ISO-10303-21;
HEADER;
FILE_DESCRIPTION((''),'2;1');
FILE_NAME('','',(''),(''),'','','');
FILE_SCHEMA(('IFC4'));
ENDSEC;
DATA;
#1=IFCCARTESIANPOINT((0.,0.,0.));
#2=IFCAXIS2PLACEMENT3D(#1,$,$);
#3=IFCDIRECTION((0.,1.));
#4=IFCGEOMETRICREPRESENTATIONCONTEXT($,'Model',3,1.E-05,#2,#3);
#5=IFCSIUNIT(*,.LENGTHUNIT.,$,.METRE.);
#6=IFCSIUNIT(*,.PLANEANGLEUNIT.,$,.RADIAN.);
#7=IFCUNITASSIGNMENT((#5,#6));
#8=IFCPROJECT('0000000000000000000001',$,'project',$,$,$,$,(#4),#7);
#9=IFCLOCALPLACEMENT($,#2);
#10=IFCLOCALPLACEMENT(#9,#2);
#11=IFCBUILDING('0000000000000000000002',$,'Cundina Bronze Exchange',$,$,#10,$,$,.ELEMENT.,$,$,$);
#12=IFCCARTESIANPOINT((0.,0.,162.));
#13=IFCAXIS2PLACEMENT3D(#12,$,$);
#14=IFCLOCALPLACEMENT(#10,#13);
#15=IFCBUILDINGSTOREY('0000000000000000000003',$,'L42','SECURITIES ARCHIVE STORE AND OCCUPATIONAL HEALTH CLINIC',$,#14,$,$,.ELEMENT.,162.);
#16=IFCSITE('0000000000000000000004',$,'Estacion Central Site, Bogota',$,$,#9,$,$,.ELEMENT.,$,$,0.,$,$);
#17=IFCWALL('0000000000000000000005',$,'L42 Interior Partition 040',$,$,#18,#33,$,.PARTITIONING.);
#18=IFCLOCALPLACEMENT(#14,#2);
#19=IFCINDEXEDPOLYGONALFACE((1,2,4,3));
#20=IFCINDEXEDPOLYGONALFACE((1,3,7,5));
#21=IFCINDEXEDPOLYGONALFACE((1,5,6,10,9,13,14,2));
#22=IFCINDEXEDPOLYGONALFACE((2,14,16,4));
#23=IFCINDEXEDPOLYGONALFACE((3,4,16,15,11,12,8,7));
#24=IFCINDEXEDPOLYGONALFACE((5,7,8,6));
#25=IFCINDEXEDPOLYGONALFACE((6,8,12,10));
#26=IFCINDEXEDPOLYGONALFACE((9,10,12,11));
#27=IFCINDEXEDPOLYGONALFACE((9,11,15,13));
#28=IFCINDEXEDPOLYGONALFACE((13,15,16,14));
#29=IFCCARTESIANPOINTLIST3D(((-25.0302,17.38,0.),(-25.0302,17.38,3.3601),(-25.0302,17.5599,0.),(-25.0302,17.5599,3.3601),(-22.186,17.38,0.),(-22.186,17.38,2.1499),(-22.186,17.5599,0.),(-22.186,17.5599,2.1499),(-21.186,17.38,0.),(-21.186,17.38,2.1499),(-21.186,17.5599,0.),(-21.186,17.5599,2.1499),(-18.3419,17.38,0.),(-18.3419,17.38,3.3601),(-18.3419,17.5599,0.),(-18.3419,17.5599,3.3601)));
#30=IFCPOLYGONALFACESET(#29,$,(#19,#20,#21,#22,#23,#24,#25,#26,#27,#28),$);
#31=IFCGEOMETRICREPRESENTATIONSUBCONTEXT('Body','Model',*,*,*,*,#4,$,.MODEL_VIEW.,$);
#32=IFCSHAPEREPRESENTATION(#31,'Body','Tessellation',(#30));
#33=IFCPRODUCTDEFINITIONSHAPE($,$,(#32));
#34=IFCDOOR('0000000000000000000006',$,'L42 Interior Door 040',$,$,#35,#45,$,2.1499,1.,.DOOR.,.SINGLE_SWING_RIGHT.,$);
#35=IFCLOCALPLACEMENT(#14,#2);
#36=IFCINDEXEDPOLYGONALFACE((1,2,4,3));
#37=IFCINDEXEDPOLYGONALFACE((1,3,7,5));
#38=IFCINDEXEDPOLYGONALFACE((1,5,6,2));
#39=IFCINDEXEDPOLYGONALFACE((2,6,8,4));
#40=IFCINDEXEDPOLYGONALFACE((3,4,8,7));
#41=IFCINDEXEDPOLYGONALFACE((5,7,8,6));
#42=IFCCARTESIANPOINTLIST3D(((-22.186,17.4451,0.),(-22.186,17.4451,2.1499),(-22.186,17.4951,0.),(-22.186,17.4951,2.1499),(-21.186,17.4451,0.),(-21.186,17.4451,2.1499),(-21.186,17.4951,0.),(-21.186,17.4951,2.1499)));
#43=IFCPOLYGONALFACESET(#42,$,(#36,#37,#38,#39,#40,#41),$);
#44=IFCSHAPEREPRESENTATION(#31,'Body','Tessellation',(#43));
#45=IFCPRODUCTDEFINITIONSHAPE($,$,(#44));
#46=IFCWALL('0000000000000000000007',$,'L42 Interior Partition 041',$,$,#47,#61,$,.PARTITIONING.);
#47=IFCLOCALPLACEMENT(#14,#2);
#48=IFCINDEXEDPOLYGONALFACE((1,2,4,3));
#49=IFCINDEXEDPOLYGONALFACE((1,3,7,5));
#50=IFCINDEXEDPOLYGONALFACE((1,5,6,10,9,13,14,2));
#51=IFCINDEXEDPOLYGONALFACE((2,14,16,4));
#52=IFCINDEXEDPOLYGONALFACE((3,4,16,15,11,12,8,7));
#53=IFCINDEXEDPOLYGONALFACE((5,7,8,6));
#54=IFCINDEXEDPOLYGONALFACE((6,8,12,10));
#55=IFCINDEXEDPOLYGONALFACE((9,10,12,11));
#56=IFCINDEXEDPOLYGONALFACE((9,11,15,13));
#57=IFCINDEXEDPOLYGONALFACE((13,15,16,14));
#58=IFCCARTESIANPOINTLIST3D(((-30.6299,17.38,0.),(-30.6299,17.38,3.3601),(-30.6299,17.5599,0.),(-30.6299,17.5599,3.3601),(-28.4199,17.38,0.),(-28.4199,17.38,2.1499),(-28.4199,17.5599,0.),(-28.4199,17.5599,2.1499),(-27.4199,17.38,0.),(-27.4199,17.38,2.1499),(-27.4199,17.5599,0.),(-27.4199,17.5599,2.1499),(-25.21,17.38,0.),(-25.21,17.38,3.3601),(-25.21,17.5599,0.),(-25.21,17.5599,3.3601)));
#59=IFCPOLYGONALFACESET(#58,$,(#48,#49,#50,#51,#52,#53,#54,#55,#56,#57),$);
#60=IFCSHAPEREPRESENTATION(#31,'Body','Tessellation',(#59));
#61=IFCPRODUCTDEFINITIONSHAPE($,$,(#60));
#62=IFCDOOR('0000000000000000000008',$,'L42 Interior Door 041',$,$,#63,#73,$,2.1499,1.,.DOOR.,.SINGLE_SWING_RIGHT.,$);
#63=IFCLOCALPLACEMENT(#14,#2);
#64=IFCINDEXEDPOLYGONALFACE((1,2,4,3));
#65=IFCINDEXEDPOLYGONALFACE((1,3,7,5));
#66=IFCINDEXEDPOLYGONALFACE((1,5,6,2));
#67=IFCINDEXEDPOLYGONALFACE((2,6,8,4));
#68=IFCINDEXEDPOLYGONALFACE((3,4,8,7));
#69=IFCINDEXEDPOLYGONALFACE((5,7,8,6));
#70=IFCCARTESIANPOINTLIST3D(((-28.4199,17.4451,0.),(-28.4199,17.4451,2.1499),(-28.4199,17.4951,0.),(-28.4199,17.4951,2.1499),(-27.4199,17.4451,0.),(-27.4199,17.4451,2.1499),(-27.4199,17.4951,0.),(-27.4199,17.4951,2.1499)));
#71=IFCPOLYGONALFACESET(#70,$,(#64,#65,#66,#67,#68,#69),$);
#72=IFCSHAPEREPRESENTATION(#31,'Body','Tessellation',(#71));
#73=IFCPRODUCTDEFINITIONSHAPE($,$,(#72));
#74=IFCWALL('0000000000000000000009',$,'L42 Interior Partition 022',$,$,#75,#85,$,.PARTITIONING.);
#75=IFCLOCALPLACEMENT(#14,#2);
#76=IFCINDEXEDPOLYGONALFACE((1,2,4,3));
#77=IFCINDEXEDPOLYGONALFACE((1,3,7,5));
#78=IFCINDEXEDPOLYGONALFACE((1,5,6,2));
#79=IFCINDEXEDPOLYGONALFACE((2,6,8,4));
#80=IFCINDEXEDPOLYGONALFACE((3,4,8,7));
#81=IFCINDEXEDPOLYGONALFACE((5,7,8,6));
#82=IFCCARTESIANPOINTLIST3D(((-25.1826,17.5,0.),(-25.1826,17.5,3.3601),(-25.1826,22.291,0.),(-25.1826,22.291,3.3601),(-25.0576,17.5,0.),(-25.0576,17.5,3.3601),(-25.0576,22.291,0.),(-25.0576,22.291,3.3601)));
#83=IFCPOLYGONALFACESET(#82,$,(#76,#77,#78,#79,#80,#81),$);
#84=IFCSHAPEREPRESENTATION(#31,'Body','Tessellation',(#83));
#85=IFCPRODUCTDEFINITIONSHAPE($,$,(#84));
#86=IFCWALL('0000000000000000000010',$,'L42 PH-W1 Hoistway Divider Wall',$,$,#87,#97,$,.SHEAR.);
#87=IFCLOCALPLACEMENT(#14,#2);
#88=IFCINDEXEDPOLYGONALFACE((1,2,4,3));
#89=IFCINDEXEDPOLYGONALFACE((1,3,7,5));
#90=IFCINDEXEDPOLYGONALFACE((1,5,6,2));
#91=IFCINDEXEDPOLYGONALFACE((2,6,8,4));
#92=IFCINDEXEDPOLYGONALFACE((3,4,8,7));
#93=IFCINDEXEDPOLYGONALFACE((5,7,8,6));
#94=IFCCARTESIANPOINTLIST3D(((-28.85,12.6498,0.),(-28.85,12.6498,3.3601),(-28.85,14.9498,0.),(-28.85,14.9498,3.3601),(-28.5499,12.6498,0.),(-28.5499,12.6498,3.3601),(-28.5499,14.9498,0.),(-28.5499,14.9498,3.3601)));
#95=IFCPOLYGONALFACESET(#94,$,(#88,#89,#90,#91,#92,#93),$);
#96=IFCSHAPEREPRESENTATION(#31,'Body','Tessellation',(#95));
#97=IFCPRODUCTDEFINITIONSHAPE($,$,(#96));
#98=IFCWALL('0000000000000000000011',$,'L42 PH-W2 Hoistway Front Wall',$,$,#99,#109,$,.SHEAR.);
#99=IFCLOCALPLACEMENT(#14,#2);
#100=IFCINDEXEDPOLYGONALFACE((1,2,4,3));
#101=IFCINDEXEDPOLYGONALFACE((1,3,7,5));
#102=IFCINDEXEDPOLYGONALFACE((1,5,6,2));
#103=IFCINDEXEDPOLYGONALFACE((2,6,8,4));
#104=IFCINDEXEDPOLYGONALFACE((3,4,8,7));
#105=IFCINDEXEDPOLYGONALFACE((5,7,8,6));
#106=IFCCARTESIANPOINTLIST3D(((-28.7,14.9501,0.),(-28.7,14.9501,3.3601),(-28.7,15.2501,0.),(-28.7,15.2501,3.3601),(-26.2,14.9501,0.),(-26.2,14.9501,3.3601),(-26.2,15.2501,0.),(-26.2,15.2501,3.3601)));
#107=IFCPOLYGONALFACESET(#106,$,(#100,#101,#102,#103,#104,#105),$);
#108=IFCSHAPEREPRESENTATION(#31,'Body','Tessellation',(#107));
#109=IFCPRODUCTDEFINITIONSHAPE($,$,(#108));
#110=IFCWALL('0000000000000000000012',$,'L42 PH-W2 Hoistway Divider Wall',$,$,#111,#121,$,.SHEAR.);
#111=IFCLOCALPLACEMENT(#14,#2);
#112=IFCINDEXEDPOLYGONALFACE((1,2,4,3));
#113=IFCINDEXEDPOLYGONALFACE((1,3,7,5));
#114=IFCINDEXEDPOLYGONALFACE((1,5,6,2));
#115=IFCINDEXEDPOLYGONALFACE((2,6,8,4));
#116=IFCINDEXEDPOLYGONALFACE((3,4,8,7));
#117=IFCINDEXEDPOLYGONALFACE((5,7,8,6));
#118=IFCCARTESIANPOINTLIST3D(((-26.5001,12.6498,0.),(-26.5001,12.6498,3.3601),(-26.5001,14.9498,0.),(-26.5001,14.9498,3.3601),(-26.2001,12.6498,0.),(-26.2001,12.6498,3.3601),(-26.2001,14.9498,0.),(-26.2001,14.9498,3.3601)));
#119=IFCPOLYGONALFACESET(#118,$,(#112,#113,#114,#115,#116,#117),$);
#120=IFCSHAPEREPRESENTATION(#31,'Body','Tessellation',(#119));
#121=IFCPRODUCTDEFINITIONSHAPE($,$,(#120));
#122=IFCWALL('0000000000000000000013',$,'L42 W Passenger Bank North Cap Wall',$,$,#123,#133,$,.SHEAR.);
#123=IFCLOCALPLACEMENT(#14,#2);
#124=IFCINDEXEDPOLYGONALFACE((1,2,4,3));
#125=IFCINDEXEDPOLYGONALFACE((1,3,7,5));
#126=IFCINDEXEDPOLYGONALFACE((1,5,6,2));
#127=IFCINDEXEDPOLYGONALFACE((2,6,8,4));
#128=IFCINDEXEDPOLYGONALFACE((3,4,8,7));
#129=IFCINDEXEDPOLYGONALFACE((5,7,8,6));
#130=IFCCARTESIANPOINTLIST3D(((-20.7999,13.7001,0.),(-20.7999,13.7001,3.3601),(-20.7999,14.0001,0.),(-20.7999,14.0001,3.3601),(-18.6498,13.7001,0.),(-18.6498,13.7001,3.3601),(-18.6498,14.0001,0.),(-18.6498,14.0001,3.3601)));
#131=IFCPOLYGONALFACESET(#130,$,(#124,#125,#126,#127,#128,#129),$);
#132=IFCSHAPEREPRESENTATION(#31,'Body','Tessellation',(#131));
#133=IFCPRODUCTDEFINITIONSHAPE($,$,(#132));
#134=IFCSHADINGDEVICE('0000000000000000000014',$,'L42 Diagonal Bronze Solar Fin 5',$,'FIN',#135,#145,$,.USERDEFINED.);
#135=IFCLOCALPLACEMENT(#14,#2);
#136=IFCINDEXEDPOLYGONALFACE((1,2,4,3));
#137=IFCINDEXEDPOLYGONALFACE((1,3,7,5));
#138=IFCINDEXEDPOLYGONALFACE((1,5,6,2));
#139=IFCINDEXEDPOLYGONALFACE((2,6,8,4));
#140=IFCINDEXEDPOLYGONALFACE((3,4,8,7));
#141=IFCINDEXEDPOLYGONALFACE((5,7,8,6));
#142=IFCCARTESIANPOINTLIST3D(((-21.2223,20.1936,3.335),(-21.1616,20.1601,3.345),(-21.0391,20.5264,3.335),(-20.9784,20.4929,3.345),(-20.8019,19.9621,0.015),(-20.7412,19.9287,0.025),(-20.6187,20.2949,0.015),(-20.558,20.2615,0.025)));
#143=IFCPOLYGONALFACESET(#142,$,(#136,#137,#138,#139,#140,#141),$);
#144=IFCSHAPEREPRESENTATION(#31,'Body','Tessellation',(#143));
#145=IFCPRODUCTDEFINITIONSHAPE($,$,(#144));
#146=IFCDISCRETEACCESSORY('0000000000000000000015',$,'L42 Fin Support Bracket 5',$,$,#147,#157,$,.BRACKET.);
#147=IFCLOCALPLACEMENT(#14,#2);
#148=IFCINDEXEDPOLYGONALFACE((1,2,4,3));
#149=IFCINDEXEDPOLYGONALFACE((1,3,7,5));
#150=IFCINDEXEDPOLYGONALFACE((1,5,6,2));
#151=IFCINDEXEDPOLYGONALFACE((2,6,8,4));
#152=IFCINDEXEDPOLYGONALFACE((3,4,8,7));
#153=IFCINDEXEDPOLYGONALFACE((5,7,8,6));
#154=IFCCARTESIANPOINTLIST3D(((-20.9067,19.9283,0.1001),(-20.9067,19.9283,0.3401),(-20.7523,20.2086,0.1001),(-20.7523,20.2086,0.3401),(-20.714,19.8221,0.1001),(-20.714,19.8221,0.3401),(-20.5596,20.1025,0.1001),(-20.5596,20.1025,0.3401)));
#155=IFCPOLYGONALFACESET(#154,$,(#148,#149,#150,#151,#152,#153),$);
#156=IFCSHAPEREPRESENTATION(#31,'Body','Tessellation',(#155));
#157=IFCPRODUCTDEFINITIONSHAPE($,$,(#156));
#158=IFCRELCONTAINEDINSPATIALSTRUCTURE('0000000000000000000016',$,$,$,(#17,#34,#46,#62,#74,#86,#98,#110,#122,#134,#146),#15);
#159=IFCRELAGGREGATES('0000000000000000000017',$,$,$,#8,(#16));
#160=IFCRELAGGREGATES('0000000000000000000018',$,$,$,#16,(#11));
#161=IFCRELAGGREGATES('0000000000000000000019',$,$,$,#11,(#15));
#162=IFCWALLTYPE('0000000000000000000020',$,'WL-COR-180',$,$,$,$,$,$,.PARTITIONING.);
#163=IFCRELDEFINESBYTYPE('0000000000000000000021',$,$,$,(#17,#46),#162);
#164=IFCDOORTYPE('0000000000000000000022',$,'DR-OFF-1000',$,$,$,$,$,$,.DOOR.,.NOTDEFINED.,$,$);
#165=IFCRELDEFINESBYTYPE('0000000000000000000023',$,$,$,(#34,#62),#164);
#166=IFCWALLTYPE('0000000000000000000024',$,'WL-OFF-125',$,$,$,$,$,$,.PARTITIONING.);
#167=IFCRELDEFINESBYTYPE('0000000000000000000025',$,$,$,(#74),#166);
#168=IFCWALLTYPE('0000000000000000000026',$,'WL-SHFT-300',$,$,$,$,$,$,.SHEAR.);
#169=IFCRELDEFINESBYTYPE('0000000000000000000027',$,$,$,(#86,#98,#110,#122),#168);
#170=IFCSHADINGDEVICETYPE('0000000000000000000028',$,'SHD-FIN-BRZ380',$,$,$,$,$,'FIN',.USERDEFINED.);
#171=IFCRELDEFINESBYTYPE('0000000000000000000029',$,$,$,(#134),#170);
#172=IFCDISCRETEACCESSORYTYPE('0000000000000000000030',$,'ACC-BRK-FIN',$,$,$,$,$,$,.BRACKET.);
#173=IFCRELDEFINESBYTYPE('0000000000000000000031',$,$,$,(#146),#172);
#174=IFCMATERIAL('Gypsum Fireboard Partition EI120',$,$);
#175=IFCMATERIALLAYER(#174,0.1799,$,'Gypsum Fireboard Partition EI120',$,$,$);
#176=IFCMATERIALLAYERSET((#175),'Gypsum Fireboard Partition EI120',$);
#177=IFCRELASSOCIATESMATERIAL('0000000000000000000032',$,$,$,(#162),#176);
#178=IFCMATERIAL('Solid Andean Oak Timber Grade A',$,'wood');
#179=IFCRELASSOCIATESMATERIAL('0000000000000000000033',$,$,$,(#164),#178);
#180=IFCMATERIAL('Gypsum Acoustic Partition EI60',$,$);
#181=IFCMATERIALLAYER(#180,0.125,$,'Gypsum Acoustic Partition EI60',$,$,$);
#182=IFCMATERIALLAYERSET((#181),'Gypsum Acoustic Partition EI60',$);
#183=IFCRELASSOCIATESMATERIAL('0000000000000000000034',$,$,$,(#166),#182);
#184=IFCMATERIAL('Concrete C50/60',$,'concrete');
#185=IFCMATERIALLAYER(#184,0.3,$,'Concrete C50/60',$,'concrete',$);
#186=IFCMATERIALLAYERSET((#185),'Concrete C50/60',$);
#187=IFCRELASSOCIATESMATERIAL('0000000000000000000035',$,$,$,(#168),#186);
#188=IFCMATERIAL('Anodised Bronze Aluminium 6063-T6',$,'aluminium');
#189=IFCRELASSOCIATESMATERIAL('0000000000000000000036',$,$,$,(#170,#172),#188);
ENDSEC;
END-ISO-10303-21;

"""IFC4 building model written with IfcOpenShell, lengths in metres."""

from ifc_helpers import new_model, si_unit, direction, frame, frame_2d, origin, origin_2d, place, context, subcontext, project, spatial, rectangle, extrude, material, layer, layer_set, material_profile, profile_set, type_object, element, fill, save


model = new_model("IFC4")

# Units and contexts
model_context = context("Model", 3, precision=1e-05, world=origin(), true_north=direction((0.0, 1.0)))
body_context = subcontext(model_context, "Body", "Model", "MODEL_VIEW")
ifc_project = project(units=[si_unit("LENGTHUNIT", "METRE"), si_unit("PLANEANGLEUNIT", "RADIAN")], contexts=[model_context])

# Site, building, storey
site_placement = place(None, origin())
site = spatial("IfcSite", under=ifc_project, at=site_placement, Name="Estacion Central Site, Bogota", CompositionType="ELEMENT", RefElevation=0.0)
building_placement = place(site_placement, origin())
building = spatial("IfcBuilding", under=site, at=building_placement, Name="Cundina Bronze Exchange", CompositionType="ELEMENT")
storey_placement = place(building_placement, frame((0.0, 0.0, 162.0)))
storey = spatial("IfcBuildingStorey", under=building, at=storey_placement, Name="L42", Description="SECURITIES ARCHIVE STORE AND OCCUPATIONAL HEALTH CLINIC", CompositionType="ELEMENT", Elevation=162.0)

# Shared definitions
ifc_material_1 = material(Name="Concrete C50/60", Category="concrete")

# Shared definitions
ifc_material_2 = material(Name="Anodised Bronze Aluminium 6063-T6", Category="aluminium")

# Shared definitions
ifc_material_3 = material(Name="Gypsum Fireboard Partition EI120")
ifc_layer_1 = layer(ifc_material_3, 0.1799, Name="Gypsum Fireboard Partition EI120")
ifc_layer_set_1 = layer_set([ifc_layer_1], Name="Gypsum Fireboard Partition EI120")
wall_type_1 = type_object("IfcWallType", Name="WL-COR-180", PredefinedType="PARTITIONING", material=ifc_layer_set_1)
ifc_material_4 = material(Name="Solid Andean Oak Timber Grade A", Category="wood")

# Walls, openings, doors
wall_1_placement = place(storey_placement, frame((-18.3418, 17.47, 0.0), z_axis=(0.0, 0.0, 1.0), x_axis=(-1.0, 0.0, 0.0)))
wall_1 = element("IfcWall", 1, at=wall_1_placement, inside=storey, type_object=wall_type_1, Name="L42 Interior Partition 040", PredefinedType="PARTITIONING", context=body_context, shape_type="SweptSolid", body=[
    extrude(rectangle(XDim=6.6882, YDim=0.1799, at=frame_2d((3.3442, 0.0))), origin(), (0.0, 0.0, 1.0), 3.3601),
])
opening_1_placement = place(wall_1_placement, frame((2.8442, 0.0, 0.0)))
opening_1 = element("IfcOpeningElement", 2, at=opening_1_placement, cuts=wall_1, PredefinedType="OPENING", context=body_context, shape_type="SweptSolid", body=[
    extrude(rectangle(XDim=1.0, YDim=2.1499, at=frame_2d((0.5, 1.075))), frame((0.0, 0.0999, 0.0), z_axis=(0.0, -1.0, 0.0), x_axis=(1.0, 0.0, 0.0)), (0.0, 0.0, 1.0), 0.2),
])
door_type_1 = type_object("IfcDoorType", Name="DR-OFF-1000", OperationType="NOTDEFINED", PredefinedType="DOOR", material=ifc_material_4)
door_1_placement = place(opening_1_placement, origin())
door_1 = element("IfcDoor", 3, at=door_1_placement, inside=storey, type_object=door_type_1, Name="L42 Interior Door 040", OperationType="SINGLE_SWING_RIGHT", OverallHeight=2.1499, OverallWidth=1.0, PredefinedType="DOOR", context=body_context, shape_type="SweptSolid", body=[
    extrude(rectangle(XDim=1.0, YDim=2.1499, at=frame_2d((0.5, 1.075))), frame((0.0, 0.0249, 0.0), z_axis=(0.0, -1.0, 0.0), x_axis=(1.0, 0.0, 0.0)), (0.0, 0.0, 1.0), 0.05),
])
fill(opening_1, door_1)
wall_2_placement = place(storey_placement, frame((-25.21, 17.47, 0.0), z_axis=(0.0, 0.0, 1.0), x_axis=(-1.0, 0.0, 0.0)))
wall_2 = element("IfcWall", 4, at=wall_2_placement, inside=storey, type_object=wall_type_1, Name="L42 Interior Partition 041", PredefinedType="PARTITIONING", context=body_context, shape_type="SweptSolid", body=[
    extrude(rectangle(XDim=5.4199, YDim=0.1799, at=frame_2d((2.71, 0.0))), origin(), (0.0, 0.0, 1.0), 3.3601),
])
opening_2_placement = place(wall_2_placement, frame((2.21, 0.0, 0.0)))
opening_2 = element("IfcOpeningElement", 5, at=opening_2_placement, cuts=wall_2, PredefinedType="OPENING", context=body_context, shape_type="SweptSolid", body=[
    extrude(rectangle(XDim=1.0, YDim=2.1499, at=frame_2d((0.5, 1.075))), frame((0.0, 0.0999, 0.0), z_axis=(0.0, -1.0, 0.0), x_axis=(1.0, 0.0, 0.0)), (0.0, 0.0, 1.0), 0.2),
])
door_2_placement = place(opening_2_placement, origin())
door_2 = element("IfcDoor", 6, at=door_2_placement, inside=storey, type_object=door_type_1, Name="L42 Interior Door 041", OperationType="SINGLE_SWING_RIGHT", OverallHeight=2.1499, OverallWidth=1.0, PredefinedType="DOOR", context=body_context, shape_type="SweptSolid", body=[
    extrude(rectangle(XDim=1.0, YDim=2.1499, at=frame_2d((0.5, 1.075))), frame((0.0, 0.0249, 0.0), z_axis=(0.0, -1.0, 0.0), x_axis=(1.0, 0.0, 0.0)), (0.0, 0.0, 1.0), 0.05),
])
fill(opening_2, door_2)

# Walls
ifc_material_5 = material(Name="Gypsum Acoustic Partition EI60")
ifc_layer_2 = layer(ifc_material_5, 0.125, Name="Gypsum Acoustic Partition EI60")
ifc_layer_set_2 = layer_set([ifc_layer_2], Name="Gypsum Acoustic Partition EI60")
wall_type_2 = type_object("IfcWallType", Name="WL-OFF-125", PredefinedType="PARTITIONING", material=ifc_layer_set_2)
wall_3_placement = place(storey_placement, frame((-25.1201, 17.5, 0.0), z_axis=(0.0, 0.0, 1.0), x_axis=(0.0, 1.0, 0.0)))
element("IfcWall", 7, at=wall_3_placement, inside=storey, type_object=wall_type_2, Name="L42 Interior Partition 022", PredefinedType="PARTITIONING", context=body_context, shape_type="SweptSolid", body=[
    extrude(rectangle(XDim=4.791, YDim=0.125, at=frame_2d((2.3955, 0.0))), origin(), (0.0, 0.0, 1.0), 3.3601),
])
ifc_layer_3 = layer(ifc_material_1, 0.3, Name="Concrete C50/60", Category="concrete")
ifc_layer_set_3 = layer_set([ifc_layer_3], Name="Concrete C50/60")
wall_type_3 = type_object("IfcWallType", Name="WL-SHFT-300", PredefinedType="SHEAR", material=ifc_layer_set_3)
wall_4_placement = place(storey_placement, frame((-28.7, 12.6499, 0.0), z_axis=(0.0, 0.0, 1.0), x_axis=(0.0, 1.0, 0.0)))
element("IfcWall", 8, at=wall_4_placement, inside=storey, type_object=wall_type_3, Name="L42 PH-W1 Hoistway Divider Wall", PredefinedType="SHEAR", context=body_context, shape_type="SweptSolid", body=[
    extrude(rectangle(XDim=2.3, YDim=0.3, at=frame_2d((1.1499, 0.0))), origin(), (0.0, 0.0, 1.0), 3.3601),
])
wall_5_placement = place(storey_placement, frame((-28.7, 15.1001, 0.0), z_axis=(0.0, 0.0, 1.0), x_axis=(1.0, 0.0, 0.0)))
element("IfcWall", 9, at=wall_5_placement, inside=storey, type_object=wall_type_3, Name="L42 PH-W2 Hoistway Front Wall", PredefinedType="SHEAR", context=body_context, shape_type="SweptSolid", body=[
    extrude(rectangle(XDim=2.5, YDim=0.3, at=frame_2d((1.25, 0.0))), origin(), (0.0, 0.0, 1.0), 3.3601),
])
wall_6_placement = place(storey_placement, frame((-26.3501, 12.6499, 0.0), z_axis=(0.0, 0.0, 1.0), x_axis=(0.0, 1.0, 0.0)))
element("IfcWall", 10, at=wall_6_placement, inside=storey, type_object=wall_type_3, Name="L42 PH-W2 Hoistway Divider Wall", PredefinedType="SHEAR", context=body_context, shape_type="SweptSolid", body=[
    extrude(rectangle(XDim=2.3, YDim=0.3, at=frame_2d((1.1499, 0.0))), origin(), (0.0, 0.0, 1.0), 3.3601),
])
wall_7_placement = place(storey_placement, frame((-20.8, 13.8501, 0.0), z_axis=(0.0, 0.0, 1.0), x_axis=(1.0, 0.0, 0.0)))
element("IfcWall", 11, at=wall_7_placement, inside=storey, type_object=wall_type_3, Name="L42 W Passenger Bank North Cap Wall", PredefinedType="SHEAR", context=body_context, shape_type="SweptSolid", body=[
    extrude(rectangle(XDim=2.1501, YDim=0.3, at=frame_2d((1.0752, 0.0))), origin(), (0.0, 0.0, 1.0), 3.3601),
])

# Shading device
ifc_material_profile_1 = material_profile(ifc_material_2, rectangle(XDim=0.0701, YDim=0.3799, at=origin_2d()), Name="FIN70X380", Category="aluminium")
ifc_profile_set_1 = profile_set([ifc_material_profile_1], Name="Anodised Bronze Aluminium 6063-T6")
shading_device_type = type_object("IfcShadingDeviceType", Name="SHD-FIN-BRZ380", ElementType="FIN", PredefinedType="USERDEFINED", material=ifc_profile_set_1)
shading_device_placement = place(storey_placement, frame((-20.6799, 20.1118, 0.02), z_axis=(-0.125324, 0.068994, 0.989714), x_axis=(0.867012, -0.47731, 0.143061)))
element("IfcShadingDevice", 12, at=shading_device_placement, inside=storey, type_object=shading_device_type, Name="L42 Diagonal Bronze Solar Fin 5", ObjectType="FIN", PredefinedType="USERDEFINED", context=body_context, shape_type="SweptSolid", body=[
    extrude(rectangle(XDim=0.0701, YDim=0.3799, at=origin_2d()), origin(), (0.0, 0.0, 1.0), 3.3545),
])

# Discrete accessory
discrete_accessory_type = type_object("IfcDiscreteAccessoryType", Name="ACC-BRK-FIN", PredefinedType="BRACKET", material=ifc_material_2)
discrete_accessory_placement = place(storey_placement, frame((-20.7332, 20.0154, 0.1001), z_axis=(0.0, 0.0, 1.0), x_axis=(-0.875869, 0.482549, 0.0)))
element("IfcDiscreteAccessory", 13, at=discrete_accessory_placement, inside=storey, type_object=discrete_accessory_type, Name="L42 Fin Support Bracket 5", PredefinedType="BRACKET", context=body_context, shape_type="SweptSolid", body=[
    extrude(rectangle(XDim=0.22, YDim=0.3201, at=origin_2d()), origin(), (0.0, 0.0, 1.0), 0.24),
])

save(model, "model.ifc")
